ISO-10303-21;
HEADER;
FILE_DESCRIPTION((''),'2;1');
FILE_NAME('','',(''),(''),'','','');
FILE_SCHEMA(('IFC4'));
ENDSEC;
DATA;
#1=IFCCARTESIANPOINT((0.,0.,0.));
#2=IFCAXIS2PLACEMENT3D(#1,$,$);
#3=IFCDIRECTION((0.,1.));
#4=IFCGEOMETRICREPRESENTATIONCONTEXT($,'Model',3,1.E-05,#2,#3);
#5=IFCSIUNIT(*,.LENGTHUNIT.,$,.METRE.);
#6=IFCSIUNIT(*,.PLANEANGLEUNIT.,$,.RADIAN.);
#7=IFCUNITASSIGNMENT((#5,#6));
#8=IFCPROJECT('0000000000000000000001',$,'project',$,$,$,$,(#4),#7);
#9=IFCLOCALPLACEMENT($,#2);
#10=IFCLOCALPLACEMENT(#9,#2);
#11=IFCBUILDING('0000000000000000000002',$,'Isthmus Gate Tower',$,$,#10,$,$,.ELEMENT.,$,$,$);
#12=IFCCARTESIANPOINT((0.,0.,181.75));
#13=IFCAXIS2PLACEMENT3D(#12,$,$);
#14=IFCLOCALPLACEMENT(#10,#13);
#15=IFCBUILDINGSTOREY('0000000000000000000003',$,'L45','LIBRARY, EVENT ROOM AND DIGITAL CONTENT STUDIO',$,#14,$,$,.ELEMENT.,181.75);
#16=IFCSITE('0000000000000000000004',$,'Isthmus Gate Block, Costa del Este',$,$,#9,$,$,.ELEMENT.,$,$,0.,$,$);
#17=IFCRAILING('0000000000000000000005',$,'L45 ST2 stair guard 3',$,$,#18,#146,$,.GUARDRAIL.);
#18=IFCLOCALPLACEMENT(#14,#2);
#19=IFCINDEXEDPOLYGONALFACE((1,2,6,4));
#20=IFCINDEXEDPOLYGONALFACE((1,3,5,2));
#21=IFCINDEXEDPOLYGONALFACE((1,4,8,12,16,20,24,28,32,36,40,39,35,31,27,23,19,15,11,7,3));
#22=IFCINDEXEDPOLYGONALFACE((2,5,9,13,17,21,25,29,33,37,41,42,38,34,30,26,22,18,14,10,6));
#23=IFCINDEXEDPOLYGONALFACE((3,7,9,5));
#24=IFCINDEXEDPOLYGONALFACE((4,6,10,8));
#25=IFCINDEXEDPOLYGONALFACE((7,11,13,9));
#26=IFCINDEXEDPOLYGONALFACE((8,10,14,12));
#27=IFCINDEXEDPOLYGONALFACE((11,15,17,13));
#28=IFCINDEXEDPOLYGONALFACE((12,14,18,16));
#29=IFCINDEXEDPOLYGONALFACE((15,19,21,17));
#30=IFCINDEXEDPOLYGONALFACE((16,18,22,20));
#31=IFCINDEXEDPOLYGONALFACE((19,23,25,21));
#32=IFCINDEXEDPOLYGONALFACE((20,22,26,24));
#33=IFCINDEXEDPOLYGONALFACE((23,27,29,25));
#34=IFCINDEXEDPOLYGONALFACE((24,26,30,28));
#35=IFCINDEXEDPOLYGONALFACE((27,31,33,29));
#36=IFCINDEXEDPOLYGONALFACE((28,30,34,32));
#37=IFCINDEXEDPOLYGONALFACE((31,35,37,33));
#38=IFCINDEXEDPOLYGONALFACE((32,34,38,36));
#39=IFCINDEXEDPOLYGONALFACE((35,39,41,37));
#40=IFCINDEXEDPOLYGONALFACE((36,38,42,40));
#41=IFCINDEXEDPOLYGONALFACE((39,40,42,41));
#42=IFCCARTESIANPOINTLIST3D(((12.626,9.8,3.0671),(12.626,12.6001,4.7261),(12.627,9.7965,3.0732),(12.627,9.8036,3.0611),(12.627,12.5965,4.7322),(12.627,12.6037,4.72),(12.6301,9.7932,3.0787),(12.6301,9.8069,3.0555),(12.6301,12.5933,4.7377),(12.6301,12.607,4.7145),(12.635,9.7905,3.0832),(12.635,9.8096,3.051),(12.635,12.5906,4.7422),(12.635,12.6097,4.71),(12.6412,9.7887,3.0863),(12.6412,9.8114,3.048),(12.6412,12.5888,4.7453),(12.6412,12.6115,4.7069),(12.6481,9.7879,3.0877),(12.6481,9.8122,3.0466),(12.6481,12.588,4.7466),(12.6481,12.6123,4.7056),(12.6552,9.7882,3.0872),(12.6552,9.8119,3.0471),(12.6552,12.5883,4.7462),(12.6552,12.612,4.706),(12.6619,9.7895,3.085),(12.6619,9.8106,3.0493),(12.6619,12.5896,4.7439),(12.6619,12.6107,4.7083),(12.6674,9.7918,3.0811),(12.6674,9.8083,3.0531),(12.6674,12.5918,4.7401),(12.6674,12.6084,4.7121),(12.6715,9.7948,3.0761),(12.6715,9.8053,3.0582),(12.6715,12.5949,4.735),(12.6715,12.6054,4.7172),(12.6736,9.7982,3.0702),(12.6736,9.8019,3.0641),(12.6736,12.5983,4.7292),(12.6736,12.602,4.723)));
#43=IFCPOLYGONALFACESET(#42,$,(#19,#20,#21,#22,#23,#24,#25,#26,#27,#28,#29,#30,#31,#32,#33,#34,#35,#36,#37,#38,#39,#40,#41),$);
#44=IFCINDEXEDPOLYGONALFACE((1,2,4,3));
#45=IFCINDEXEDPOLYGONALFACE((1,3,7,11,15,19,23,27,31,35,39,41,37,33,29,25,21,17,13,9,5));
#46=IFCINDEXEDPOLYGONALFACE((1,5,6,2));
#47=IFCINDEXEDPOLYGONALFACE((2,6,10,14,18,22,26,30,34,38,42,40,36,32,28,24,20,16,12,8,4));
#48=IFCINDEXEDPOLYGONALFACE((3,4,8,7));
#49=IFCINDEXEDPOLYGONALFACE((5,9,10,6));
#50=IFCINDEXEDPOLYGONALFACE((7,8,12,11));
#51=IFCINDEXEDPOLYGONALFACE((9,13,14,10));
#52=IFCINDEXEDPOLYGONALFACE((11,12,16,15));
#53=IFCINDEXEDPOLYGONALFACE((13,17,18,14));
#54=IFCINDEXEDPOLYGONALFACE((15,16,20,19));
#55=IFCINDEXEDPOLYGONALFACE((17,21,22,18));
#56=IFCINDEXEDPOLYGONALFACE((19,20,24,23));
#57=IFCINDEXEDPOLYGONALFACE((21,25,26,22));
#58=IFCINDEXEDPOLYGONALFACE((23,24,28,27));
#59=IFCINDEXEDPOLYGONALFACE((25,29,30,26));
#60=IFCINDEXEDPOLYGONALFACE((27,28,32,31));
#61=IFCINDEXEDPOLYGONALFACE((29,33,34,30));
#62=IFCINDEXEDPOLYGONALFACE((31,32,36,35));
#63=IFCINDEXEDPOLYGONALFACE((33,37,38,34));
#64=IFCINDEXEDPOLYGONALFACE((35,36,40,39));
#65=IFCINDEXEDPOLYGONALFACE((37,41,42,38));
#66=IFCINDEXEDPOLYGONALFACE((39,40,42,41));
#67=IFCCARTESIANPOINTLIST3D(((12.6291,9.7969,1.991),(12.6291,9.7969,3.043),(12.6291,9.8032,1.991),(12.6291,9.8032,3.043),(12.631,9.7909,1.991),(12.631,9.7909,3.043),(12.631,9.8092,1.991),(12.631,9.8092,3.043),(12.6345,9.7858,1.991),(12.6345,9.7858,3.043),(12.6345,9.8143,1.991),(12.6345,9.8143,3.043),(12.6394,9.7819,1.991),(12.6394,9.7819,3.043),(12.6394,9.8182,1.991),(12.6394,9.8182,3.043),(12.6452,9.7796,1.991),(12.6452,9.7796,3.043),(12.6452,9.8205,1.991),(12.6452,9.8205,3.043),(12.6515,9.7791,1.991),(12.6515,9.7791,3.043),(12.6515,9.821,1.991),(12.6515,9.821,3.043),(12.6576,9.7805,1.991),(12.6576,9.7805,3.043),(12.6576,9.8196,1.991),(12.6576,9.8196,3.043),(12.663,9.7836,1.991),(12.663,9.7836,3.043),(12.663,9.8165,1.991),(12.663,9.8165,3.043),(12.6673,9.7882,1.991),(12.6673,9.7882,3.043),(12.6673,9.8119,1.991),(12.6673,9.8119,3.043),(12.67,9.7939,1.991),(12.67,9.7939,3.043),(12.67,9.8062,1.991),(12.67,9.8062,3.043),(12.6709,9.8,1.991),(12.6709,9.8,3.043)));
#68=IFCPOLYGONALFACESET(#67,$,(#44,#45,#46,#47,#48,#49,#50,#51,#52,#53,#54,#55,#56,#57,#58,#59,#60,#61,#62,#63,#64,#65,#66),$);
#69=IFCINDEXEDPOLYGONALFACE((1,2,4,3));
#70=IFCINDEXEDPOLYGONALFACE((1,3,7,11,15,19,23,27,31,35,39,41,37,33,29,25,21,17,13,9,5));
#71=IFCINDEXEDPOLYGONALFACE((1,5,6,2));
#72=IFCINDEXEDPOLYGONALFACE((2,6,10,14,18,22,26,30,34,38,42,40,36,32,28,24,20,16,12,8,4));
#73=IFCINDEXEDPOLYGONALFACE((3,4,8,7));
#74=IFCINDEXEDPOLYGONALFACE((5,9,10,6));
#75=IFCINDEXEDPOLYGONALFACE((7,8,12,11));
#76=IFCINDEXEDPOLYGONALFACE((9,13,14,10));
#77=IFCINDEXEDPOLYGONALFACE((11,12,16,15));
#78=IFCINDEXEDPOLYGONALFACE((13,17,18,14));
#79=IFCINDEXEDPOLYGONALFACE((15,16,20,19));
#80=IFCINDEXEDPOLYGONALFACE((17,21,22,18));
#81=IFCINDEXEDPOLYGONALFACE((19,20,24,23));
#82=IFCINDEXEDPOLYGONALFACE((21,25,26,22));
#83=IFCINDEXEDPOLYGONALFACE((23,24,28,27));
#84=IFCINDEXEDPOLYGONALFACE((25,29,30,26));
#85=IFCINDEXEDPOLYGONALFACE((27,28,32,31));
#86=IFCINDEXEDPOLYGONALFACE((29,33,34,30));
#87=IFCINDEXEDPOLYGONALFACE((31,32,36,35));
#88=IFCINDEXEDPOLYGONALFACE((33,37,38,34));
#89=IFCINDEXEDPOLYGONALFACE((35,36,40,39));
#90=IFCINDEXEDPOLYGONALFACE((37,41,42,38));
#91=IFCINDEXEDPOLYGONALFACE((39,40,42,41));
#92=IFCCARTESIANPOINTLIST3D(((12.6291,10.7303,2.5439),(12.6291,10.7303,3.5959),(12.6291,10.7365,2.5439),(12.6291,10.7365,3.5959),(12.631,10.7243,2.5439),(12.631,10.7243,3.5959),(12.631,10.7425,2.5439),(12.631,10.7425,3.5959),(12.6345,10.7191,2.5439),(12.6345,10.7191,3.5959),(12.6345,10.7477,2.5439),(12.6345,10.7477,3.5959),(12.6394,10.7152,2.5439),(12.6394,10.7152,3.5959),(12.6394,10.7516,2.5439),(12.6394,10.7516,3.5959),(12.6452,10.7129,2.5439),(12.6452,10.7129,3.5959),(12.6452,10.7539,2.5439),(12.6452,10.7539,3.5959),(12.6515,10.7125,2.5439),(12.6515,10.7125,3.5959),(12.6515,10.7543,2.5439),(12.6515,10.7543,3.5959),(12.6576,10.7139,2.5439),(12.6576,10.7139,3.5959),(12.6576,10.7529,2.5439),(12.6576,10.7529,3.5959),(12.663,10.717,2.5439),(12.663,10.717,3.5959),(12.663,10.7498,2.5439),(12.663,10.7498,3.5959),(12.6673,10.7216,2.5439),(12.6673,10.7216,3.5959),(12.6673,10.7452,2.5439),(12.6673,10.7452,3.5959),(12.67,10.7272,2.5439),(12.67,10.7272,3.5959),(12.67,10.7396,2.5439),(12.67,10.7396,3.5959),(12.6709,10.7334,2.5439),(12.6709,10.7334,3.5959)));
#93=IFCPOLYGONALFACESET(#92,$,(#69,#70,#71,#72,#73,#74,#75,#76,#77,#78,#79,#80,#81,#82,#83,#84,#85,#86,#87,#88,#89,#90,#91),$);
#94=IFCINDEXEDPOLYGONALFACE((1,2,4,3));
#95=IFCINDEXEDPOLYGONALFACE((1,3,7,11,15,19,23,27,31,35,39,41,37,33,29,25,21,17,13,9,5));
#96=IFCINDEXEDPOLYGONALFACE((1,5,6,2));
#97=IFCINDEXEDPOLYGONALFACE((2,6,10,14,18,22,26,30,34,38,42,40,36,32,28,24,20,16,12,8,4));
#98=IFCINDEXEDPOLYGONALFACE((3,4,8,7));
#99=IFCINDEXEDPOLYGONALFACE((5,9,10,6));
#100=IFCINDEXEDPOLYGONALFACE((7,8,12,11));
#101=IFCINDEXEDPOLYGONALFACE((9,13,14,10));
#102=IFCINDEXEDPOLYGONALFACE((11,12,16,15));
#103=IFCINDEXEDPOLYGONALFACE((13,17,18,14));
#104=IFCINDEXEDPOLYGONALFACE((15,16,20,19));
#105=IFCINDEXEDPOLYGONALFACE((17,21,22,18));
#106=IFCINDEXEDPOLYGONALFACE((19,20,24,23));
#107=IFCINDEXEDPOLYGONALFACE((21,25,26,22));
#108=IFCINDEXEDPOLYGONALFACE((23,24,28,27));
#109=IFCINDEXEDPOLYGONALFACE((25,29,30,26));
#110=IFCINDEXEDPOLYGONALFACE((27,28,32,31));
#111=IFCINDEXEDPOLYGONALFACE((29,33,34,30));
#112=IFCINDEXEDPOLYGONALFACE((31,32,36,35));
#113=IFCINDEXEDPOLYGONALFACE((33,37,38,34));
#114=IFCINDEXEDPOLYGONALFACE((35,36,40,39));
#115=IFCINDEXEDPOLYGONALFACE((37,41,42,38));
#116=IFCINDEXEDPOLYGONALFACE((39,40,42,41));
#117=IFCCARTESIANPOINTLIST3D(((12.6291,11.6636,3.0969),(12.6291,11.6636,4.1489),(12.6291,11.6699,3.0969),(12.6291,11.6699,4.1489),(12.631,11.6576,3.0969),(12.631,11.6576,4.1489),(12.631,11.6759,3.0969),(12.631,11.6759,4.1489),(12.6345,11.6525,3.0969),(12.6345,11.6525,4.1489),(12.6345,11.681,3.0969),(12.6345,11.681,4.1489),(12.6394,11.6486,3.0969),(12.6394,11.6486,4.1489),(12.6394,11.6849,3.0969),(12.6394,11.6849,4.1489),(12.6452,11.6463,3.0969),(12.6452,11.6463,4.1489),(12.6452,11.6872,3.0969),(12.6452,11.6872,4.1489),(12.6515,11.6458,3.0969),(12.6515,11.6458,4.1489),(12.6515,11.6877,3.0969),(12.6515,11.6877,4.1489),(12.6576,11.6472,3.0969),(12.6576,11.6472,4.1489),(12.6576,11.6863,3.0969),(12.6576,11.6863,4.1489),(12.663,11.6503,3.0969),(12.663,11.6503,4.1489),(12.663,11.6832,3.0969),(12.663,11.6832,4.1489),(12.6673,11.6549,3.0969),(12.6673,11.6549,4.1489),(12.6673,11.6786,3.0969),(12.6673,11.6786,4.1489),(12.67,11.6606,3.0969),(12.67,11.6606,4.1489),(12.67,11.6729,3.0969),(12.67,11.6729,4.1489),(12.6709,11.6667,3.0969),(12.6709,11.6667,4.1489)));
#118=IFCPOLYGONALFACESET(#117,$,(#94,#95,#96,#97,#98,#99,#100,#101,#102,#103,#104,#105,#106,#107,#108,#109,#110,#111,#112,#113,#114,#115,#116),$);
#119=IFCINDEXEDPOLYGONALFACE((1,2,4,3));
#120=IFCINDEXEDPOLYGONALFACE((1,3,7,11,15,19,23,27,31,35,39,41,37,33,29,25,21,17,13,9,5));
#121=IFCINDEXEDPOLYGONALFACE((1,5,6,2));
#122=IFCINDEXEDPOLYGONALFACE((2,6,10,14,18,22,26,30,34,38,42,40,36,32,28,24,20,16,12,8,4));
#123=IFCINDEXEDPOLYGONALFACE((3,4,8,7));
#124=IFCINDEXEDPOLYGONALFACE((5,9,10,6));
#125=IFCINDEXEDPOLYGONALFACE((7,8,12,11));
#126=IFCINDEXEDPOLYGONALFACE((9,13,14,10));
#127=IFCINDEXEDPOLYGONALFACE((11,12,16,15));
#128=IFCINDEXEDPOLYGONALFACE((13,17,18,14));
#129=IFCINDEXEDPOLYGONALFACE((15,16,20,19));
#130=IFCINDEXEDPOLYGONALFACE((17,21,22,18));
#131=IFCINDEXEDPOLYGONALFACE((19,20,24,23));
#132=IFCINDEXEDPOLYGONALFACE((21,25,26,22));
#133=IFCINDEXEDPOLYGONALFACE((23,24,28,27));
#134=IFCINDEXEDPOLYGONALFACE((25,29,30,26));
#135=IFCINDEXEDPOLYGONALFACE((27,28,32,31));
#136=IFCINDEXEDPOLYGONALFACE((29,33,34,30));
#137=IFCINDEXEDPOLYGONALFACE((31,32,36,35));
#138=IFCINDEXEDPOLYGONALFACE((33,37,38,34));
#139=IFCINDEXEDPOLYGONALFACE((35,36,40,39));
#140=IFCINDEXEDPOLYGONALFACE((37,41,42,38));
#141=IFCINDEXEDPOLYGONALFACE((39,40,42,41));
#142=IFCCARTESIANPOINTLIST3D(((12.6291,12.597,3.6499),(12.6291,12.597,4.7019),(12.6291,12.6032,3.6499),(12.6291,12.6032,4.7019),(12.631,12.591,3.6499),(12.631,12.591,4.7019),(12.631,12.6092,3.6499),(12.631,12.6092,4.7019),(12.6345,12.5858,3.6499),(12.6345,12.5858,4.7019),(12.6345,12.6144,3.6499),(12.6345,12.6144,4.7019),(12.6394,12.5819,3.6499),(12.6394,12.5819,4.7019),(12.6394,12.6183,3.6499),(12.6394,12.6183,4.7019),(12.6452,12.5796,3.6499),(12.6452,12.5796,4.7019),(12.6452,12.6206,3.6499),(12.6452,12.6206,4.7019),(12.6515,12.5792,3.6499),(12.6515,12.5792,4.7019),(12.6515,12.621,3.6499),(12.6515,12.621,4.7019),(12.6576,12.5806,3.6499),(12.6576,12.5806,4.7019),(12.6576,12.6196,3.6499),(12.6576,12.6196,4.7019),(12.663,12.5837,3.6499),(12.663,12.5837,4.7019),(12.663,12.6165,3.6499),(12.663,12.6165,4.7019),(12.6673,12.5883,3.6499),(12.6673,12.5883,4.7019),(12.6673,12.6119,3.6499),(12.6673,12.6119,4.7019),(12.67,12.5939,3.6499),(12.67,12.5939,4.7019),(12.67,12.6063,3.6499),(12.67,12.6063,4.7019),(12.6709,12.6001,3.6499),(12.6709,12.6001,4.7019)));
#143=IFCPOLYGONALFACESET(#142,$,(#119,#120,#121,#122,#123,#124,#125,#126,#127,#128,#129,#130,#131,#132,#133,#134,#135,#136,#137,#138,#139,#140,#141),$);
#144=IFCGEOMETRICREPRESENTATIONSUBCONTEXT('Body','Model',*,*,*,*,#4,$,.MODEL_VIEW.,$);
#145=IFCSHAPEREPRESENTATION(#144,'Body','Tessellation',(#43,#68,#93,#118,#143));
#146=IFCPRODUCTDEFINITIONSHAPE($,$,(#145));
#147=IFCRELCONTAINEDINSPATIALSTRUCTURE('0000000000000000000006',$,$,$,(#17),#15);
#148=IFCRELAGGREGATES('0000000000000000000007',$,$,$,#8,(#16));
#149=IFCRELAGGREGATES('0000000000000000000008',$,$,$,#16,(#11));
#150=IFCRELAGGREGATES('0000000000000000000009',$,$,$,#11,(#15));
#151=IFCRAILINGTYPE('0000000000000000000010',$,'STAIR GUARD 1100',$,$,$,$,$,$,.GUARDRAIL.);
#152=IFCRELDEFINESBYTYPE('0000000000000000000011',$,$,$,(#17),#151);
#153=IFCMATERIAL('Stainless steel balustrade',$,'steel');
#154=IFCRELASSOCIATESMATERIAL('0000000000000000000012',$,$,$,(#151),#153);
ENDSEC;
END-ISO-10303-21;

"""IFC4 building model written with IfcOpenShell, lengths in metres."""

from ifc_helpers import new_model, si_unit, direction, frame, origin, origin_2d, place, context, subcontext, project, spatial, circle, extrude, material, type_object, element, save


model = new_model("IFC4")

# Units and contexts
model_context = context("Model", 3, precision=1e-05, world=origin(), true_north=direction((0.0, 1.0)))
body_context = subcontext(model_context, "Body", "Model", "MODEL_VIEW")
ifc_project = project(units=[si_unit("LENGTHUNIT", "METRE"), si_unit("PLANEANGLEUNIT", "RADIAN")], contexts=[model_context])

# Site, building, storey
site_placement = place(None, origin())
site = spatial("IfcSite", under=ifc_project, at=site_placement, Name="Isthmus Gate Block, Costa del Este", CompositionType="ELEMENT", RefElevation=0.0)
building_placement = place(site_placement, origin())
building = spatial("IfcBuilding", under=site, at=building_placement, Name="Isthmus Gate Tower", CompositionType="ELEMENT")
storey_placement = place(building_placement, frame((0.0, 0.0, 181.75)))
storey = spatial("IfcBuildingStorey", under=building, at=storey_placement, Name="L45", Description="LIBRARY, EVENT ROOM AND DIGITAL CONTENT STUDIO", CompositionType="ELEMENT", Elevation=181.75)

# Railing
ifc_material_1 = material(Name="Stainless steel balustrade", Category="steel")
railing_type_1 = type_object("IfcRailingType", Name="STAIR GUARD 1100", PredefinedType="GUARDRAIL", material=ifc_material_1)
for number, where, name in (
    (1, (12.6499, 9.8, 1.991), "L45 ST2 stair guard 3"),
):
    element("IfcRailing", number, at=place(storey_placement, frame(where)), inside=storey, type_object=railing_type_1, Name=name, PredefinedType="GUARDRAIL", context=body_context, shape_type="SweptSolid", body=[
        extrude(circle(Radius=0.0239, at=origin_2d()), frame((0.0, 0.0, 1.0762), z_axis=(0.0, 0.860339, 0.509722), x_axis=(-1.0, 0.0, 0.0)), (0.0, 0.0, 1.0), 3.2546),
        extrude(circle(Radius=0.021, at=origin_2d()), origin(), (0.0, 0.0, 1.0), 1.052),
        extrude(circle(Radius=0.021, at=origin_2d()), frame((0.0, 0.9333, 0.553)), (0.0, 0.0, 1.0), 1.052),
        extrude(circle(Radius=0.021, at=origin_2d()), frame((0.0, 1.8667, 1.106)), (0.0, 0.0, 1.0), 1.052),
        extrude(circle(Radius=0.021, at=origin_2d()), frame((0.0, 2.8, 1.6589)), (0.0, 0.0, 1.0), 1.052),
    ])

save(model, "model.ifc")
